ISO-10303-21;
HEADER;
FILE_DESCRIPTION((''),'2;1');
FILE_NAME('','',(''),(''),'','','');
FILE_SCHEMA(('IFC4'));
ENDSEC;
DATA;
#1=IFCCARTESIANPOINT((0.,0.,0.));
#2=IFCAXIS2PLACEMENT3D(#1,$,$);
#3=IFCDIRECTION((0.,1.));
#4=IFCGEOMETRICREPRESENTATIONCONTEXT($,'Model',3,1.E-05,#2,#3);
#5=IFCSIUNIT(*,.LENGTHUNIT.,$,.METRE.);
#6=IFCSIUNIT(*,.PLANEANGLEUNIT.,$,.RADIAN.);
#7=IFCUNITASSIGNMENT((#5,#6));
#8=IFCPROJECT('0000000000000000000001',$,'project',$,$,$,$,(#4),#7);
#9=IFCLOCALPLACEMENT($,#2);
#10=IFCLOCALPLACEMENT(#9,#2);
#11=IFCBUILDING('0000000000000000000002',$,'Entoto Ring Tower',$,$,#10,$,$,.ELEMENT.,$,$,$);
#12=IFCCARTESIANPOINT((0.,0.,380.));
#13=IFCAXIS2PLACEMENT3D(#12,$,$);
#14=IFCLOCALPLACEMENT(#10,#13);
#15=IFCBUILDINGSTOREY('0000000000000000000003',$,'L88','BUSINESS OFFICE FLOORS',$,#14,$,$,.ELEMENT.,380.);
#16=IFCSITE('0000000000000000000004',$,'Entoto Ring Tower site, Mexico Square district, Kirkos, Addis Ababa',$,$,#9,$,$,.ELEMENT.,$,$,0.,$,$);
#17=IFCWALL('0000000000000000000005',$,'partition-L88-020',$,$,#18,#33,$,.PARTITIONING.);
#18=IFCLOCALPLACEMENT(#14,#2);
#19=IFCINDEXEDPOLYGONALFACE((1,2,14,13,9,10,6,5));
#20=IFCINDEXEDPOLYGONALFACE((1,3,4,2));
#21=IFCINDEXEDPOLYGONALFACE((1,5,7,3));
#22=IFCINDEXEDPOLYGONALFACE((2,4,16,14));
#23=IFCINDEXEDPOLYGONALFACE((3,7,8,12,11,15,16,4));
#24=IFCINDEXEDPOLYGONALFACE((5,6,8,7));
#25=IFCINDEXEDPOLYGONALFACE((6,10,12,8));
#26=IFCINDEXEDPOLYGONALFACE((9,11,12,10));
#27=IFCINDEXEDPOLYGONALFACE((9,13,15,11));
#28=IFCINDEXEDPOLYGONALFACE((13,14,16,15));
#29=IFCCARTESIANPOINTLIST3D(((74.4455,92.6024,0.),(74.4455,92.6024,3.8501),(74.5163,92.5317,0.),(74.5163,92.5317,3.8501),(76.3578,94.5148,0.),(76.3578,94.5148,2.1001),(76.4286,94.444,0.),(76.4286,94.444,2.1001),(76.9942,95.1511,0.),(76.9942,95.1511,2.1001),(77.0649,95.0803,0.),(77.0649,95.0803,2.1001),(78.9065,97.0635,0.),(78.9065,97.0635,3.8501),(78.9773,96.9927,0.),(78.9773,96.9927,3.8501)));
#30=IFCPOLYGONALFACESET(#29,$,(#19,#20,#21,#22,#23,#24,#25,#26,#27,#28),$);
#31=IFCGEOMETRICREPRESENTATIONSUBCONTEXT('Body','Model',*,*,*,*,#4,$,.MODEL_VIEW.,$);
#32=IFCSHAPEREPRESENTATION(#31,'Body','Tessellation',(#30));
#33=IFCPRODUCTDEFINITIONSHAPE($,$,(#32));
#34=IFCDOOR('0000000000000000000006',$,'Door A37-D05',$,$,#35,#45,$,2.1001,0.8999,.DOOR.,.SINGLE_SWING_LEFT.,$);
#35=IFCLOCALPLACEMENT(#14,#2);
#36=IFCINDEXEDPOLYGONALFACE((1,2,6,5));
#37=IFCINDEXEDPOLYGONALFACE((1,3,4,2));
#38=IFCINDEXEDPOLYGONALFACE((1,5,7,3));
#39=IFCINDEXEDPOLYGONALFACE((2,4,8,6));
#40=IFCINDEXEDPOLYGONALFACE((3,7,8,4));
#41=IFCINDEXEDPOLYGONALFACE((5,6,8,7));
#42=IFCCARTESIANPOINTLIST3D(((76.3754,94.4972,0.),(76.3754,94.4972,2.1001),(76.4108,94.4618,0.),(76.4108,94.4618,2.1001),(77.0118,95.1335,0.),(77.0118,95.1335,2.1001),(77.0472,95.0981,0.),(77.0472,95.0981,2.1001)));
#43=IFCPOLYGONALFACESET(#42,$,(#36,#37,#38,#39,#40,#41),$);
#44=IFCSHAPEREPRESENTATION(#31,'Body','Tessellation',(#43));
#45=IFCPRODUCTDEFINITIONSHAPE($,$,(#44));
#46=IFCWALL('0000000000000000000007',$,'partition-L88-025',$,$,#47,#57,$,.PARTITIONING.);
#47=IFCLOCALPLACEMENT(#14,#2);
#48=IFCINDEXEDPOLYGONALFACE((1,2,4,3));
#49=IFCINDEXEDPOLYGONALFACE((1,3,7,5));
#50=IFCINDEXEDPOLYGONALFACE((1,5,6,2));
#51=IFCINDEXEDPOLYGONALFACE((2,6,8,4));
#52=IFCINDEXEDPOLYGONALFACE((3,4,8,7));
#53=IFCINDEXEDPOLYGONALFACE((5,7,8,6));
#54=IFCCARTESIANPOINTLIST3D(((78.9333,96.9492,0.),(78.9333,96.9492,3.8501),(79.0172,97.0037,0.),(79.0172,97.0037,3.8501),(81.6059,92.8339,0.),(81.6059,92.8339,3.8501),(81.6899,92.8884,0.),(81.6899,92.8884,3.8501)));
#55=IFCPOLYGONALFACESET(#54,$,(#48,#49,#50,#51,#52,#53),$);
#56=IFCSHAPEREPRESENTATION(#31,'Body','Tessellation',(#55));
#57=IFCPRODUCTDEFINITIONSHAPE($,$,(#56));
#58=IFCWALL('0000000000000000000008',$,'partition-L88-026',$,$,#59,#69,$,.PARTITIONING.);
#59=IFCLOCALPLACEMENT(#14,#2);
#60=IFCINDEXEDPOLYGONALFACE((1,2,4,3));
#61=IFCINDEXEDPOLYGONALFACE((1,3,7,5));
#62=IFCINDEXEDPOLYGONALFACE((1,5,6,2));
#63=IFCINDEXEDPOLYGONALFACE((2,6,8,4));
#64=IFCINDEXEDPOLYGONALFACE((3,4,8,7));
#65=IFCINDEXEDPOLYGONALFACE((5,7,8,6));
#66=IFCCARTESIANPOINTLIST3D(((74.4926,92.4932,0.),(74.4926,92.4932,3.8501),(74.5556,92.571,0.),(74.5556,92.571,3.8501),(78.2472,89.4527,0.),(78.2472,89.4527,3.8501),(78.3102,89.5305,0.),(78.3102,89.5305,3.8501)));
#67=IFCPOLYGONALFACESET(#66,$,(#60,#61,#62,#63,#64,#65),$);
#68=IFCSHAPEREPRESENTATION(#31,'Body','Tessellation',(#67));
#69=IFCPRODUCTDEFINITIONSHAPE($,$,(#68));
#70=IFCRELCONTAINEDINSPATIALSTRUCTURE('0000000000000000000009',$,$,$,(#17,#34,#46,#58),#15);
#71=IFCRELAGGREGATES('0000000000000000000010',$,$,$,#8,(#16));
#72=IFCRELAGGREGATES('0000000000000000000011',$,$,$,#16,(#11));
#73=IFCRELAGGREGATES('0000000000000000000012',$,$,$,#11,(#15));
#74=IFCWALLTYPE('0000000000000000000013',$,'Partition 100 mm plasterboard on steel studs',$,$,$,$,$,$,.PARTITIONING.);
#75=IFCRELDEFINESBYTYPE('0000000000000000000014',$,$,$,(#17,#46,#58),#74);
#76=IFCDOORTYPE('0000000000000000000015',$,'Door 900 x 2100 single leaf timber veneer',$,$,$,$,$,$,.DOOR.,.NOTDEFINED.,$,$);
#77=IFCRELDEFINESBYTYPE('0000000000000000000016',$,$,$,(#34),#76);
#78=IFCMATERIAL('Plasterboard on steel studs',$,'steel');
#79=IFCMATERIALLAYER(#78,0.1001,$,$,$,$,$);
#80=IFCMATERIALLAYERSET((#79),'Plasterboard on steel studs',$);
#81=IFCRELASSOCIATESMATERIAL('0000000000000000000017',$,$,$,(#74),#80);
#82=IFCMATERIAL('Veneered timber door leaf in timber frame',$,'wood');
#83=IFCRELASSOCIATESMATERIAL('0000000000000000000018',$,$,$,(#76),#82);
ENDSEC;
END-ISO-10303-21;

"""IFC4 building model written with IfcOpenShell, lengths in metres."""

from ifc_helpers import new_model, si_unit, direction, frame, frame_2d, origin, place, context, subcontext, project, spatial, rectangle, extrude, material, layer, layer_set, type_object, element, fill, save


model = new_model("IFC4")

# Units and contexts
model_context = context("Model", 3, precision=1e-05, world=origin(), true_north=direction((0.0, 1.0)))
body_context = subcontext(model_context, "Body", "Model", "MODEL_VIEW")
ifc_project = project(units=[si_unit("LENGTHUNIT", "METRE"), si_unit("PLANEANGLEUNIT", "RADIAN")], contexts=[model_context])

# Site, building, storey
site_placement = place(None, origin())
site = spatial("IfcSite", under=ifc_project, at=site_placement, Name="Entoto Ring Tower site, Mexico Square district, Kirkos, Addis Ababa", CompositionType="ELEMENT", RefElevation=0.0)
building_placement = place(site_placement, origin())
building = spatial("IfcBuilding", under=site, at=building_placement, Name="Entoto Ring Tower", CompositionType="ELEMENT")
storey_placement = place(building_placement, frame((0.0, 0.0, 380.0)))
storey = spatial("IfcBuildingStorey", under=building, at=storey_placement, Name="L88", Description="BUSINESS OFFICE FLOORS", CompositionType="ELEMENT", Elevation=380.0)

# Wall, opening, door
ifc_material_1 = material(Name="Plasterboard on steel studs", Category="steel")
ifc_layer_1 = layer(ifc_material_1, 0.1001)
ifc_layer_set_1 = layer_set([ifc_layer_1], Name="Plasterboard on steel studs")
wall_type_1 = type_object("IfcWallType", Name="Partition 100 mm plasterboard on steel studs", PredefinedType="PARTITIONING", material=ifc_layer_set_1)
wall_1_placement = place(storey_placement, frame((74.481, 92.5671, 0.0), z_axis=(0.0, 0.0, 1.0), x_axis=(0.707107, 0.707107, 0.0)))
wall_1 = element("IfcWall", 1, at=wall_1_placement, inside=storey, type_object=wall_type_1, Name="partition-L88-020", PredefinedType="PARTITIONING", context=body_context, shape_type="SweptSolid", body=[
    extrude(rectangle(XDim=6.3088, YDim=0.1001, at=frame_2d((3.1543, 0.0))), origin(), (0.0, 0.0, 1.0), 3.8501),
])
opening_1_placement = place(wall_1_placement, frame((2.7043, 0.0, 0.0)))
opening_1 = element("IfcOpeningElement", 2, at=opening_1_placement, cuts=wall_1, PredefinedType="OPENING", context=body_context, shape_type="SweptSolid", body=[
    extrude(rectangle(XDim=0.8999, YDim=2.1001, at=frame_2d((0.45, 1.05))), frame((0.0, 0.0601, 0.0), z_axis=(0.0, -1.0, 0.0), x_axis=(1.0, 0.0, 0.0)), (0.0, 0.0, 1.0), 0.1201),
])
ifc_material_2 = material(Name="Veneered timber door leaf in timber frame", Category="wood")
door_type_1 = type_object("IfcDoorType", Name="Door 900 x 2100 single leaf timber veneer", OperationType="NOTDEFINED", PredefinedType="DOOR", material=ifc_material_2)
door_1_placement = place(opening_1_placement, frame((0.8999, 0.0, 0.0), z_axis=(0.0, 0.0, 1.0), x_axis=(-1.0, 0.0, 0.0)))
door_1 = element("IfcDoor", 3, at=door_1_placement, inside=storey, type_object=door_type_1, Name="Door A37-D05", OperationType="SINGLE_SWING_LEFT", OverallHeight=2.1001, OverallWidth=0.8999, PredefinedType="DOOR", context=body_context, shape_type="SweptSolid", body=[
    extrude(rectangle(XDim=0.8999, YDim=2.1001, at=frame_2d((0.45, 1.05))), frame((0.0, 0.0249, 0.0), z_axis=(0.0, -1.0, 0.0), x_axis=(1.0, 0.0, 0.0)), (0.0, 0.0, 1.0), 0.05),
])
fill(opening_1, door_1)

# Walls
wall_2_placement = place(storey_placement, frame((81.6479, 92.8611, 0.0), z_axis=(0.0, 0.0, 1.0), x_axis=(-0.54466, 0.838657, 0.0)))
element("IfcWall", 4, at=wall_2_placement, inside=storey, type_object=wall_type_1, Name="partition-L88-025", PredefinedType="PARTITIONING", context=body_context, shape_type="SweptSolid", body=[
    extrude(rectangle(XDim=4.907, YDim=0.1001, at=frame_2d((2.4536, 0.0))), origin(), (0.0, 0.0, 1.0), 3.8501),
])
wall_3_placement = place(storey_placement, frame((78.2786, 89.4917, 0.0), z_axis=(0.0, 0.0, 1.0), x_axis=(-0.777138, 0.629331, 0.0)))
element("IfcWall", 5, at=wall_3_placement, inside=storey, type_object=wall_type_1, Name="partition-L88-026", PredefinedType="PARTITIONING", context=body_context, shape_type="SweptSolid", body=[
    extrude(rectangle(XDim=4.8313, YDim=0.1001, at=frame_2d((2.4155, 0.0))), origin(), (0.0, 0.0, 1.0), 3.8501),
])

save(model, "model.ifc")
